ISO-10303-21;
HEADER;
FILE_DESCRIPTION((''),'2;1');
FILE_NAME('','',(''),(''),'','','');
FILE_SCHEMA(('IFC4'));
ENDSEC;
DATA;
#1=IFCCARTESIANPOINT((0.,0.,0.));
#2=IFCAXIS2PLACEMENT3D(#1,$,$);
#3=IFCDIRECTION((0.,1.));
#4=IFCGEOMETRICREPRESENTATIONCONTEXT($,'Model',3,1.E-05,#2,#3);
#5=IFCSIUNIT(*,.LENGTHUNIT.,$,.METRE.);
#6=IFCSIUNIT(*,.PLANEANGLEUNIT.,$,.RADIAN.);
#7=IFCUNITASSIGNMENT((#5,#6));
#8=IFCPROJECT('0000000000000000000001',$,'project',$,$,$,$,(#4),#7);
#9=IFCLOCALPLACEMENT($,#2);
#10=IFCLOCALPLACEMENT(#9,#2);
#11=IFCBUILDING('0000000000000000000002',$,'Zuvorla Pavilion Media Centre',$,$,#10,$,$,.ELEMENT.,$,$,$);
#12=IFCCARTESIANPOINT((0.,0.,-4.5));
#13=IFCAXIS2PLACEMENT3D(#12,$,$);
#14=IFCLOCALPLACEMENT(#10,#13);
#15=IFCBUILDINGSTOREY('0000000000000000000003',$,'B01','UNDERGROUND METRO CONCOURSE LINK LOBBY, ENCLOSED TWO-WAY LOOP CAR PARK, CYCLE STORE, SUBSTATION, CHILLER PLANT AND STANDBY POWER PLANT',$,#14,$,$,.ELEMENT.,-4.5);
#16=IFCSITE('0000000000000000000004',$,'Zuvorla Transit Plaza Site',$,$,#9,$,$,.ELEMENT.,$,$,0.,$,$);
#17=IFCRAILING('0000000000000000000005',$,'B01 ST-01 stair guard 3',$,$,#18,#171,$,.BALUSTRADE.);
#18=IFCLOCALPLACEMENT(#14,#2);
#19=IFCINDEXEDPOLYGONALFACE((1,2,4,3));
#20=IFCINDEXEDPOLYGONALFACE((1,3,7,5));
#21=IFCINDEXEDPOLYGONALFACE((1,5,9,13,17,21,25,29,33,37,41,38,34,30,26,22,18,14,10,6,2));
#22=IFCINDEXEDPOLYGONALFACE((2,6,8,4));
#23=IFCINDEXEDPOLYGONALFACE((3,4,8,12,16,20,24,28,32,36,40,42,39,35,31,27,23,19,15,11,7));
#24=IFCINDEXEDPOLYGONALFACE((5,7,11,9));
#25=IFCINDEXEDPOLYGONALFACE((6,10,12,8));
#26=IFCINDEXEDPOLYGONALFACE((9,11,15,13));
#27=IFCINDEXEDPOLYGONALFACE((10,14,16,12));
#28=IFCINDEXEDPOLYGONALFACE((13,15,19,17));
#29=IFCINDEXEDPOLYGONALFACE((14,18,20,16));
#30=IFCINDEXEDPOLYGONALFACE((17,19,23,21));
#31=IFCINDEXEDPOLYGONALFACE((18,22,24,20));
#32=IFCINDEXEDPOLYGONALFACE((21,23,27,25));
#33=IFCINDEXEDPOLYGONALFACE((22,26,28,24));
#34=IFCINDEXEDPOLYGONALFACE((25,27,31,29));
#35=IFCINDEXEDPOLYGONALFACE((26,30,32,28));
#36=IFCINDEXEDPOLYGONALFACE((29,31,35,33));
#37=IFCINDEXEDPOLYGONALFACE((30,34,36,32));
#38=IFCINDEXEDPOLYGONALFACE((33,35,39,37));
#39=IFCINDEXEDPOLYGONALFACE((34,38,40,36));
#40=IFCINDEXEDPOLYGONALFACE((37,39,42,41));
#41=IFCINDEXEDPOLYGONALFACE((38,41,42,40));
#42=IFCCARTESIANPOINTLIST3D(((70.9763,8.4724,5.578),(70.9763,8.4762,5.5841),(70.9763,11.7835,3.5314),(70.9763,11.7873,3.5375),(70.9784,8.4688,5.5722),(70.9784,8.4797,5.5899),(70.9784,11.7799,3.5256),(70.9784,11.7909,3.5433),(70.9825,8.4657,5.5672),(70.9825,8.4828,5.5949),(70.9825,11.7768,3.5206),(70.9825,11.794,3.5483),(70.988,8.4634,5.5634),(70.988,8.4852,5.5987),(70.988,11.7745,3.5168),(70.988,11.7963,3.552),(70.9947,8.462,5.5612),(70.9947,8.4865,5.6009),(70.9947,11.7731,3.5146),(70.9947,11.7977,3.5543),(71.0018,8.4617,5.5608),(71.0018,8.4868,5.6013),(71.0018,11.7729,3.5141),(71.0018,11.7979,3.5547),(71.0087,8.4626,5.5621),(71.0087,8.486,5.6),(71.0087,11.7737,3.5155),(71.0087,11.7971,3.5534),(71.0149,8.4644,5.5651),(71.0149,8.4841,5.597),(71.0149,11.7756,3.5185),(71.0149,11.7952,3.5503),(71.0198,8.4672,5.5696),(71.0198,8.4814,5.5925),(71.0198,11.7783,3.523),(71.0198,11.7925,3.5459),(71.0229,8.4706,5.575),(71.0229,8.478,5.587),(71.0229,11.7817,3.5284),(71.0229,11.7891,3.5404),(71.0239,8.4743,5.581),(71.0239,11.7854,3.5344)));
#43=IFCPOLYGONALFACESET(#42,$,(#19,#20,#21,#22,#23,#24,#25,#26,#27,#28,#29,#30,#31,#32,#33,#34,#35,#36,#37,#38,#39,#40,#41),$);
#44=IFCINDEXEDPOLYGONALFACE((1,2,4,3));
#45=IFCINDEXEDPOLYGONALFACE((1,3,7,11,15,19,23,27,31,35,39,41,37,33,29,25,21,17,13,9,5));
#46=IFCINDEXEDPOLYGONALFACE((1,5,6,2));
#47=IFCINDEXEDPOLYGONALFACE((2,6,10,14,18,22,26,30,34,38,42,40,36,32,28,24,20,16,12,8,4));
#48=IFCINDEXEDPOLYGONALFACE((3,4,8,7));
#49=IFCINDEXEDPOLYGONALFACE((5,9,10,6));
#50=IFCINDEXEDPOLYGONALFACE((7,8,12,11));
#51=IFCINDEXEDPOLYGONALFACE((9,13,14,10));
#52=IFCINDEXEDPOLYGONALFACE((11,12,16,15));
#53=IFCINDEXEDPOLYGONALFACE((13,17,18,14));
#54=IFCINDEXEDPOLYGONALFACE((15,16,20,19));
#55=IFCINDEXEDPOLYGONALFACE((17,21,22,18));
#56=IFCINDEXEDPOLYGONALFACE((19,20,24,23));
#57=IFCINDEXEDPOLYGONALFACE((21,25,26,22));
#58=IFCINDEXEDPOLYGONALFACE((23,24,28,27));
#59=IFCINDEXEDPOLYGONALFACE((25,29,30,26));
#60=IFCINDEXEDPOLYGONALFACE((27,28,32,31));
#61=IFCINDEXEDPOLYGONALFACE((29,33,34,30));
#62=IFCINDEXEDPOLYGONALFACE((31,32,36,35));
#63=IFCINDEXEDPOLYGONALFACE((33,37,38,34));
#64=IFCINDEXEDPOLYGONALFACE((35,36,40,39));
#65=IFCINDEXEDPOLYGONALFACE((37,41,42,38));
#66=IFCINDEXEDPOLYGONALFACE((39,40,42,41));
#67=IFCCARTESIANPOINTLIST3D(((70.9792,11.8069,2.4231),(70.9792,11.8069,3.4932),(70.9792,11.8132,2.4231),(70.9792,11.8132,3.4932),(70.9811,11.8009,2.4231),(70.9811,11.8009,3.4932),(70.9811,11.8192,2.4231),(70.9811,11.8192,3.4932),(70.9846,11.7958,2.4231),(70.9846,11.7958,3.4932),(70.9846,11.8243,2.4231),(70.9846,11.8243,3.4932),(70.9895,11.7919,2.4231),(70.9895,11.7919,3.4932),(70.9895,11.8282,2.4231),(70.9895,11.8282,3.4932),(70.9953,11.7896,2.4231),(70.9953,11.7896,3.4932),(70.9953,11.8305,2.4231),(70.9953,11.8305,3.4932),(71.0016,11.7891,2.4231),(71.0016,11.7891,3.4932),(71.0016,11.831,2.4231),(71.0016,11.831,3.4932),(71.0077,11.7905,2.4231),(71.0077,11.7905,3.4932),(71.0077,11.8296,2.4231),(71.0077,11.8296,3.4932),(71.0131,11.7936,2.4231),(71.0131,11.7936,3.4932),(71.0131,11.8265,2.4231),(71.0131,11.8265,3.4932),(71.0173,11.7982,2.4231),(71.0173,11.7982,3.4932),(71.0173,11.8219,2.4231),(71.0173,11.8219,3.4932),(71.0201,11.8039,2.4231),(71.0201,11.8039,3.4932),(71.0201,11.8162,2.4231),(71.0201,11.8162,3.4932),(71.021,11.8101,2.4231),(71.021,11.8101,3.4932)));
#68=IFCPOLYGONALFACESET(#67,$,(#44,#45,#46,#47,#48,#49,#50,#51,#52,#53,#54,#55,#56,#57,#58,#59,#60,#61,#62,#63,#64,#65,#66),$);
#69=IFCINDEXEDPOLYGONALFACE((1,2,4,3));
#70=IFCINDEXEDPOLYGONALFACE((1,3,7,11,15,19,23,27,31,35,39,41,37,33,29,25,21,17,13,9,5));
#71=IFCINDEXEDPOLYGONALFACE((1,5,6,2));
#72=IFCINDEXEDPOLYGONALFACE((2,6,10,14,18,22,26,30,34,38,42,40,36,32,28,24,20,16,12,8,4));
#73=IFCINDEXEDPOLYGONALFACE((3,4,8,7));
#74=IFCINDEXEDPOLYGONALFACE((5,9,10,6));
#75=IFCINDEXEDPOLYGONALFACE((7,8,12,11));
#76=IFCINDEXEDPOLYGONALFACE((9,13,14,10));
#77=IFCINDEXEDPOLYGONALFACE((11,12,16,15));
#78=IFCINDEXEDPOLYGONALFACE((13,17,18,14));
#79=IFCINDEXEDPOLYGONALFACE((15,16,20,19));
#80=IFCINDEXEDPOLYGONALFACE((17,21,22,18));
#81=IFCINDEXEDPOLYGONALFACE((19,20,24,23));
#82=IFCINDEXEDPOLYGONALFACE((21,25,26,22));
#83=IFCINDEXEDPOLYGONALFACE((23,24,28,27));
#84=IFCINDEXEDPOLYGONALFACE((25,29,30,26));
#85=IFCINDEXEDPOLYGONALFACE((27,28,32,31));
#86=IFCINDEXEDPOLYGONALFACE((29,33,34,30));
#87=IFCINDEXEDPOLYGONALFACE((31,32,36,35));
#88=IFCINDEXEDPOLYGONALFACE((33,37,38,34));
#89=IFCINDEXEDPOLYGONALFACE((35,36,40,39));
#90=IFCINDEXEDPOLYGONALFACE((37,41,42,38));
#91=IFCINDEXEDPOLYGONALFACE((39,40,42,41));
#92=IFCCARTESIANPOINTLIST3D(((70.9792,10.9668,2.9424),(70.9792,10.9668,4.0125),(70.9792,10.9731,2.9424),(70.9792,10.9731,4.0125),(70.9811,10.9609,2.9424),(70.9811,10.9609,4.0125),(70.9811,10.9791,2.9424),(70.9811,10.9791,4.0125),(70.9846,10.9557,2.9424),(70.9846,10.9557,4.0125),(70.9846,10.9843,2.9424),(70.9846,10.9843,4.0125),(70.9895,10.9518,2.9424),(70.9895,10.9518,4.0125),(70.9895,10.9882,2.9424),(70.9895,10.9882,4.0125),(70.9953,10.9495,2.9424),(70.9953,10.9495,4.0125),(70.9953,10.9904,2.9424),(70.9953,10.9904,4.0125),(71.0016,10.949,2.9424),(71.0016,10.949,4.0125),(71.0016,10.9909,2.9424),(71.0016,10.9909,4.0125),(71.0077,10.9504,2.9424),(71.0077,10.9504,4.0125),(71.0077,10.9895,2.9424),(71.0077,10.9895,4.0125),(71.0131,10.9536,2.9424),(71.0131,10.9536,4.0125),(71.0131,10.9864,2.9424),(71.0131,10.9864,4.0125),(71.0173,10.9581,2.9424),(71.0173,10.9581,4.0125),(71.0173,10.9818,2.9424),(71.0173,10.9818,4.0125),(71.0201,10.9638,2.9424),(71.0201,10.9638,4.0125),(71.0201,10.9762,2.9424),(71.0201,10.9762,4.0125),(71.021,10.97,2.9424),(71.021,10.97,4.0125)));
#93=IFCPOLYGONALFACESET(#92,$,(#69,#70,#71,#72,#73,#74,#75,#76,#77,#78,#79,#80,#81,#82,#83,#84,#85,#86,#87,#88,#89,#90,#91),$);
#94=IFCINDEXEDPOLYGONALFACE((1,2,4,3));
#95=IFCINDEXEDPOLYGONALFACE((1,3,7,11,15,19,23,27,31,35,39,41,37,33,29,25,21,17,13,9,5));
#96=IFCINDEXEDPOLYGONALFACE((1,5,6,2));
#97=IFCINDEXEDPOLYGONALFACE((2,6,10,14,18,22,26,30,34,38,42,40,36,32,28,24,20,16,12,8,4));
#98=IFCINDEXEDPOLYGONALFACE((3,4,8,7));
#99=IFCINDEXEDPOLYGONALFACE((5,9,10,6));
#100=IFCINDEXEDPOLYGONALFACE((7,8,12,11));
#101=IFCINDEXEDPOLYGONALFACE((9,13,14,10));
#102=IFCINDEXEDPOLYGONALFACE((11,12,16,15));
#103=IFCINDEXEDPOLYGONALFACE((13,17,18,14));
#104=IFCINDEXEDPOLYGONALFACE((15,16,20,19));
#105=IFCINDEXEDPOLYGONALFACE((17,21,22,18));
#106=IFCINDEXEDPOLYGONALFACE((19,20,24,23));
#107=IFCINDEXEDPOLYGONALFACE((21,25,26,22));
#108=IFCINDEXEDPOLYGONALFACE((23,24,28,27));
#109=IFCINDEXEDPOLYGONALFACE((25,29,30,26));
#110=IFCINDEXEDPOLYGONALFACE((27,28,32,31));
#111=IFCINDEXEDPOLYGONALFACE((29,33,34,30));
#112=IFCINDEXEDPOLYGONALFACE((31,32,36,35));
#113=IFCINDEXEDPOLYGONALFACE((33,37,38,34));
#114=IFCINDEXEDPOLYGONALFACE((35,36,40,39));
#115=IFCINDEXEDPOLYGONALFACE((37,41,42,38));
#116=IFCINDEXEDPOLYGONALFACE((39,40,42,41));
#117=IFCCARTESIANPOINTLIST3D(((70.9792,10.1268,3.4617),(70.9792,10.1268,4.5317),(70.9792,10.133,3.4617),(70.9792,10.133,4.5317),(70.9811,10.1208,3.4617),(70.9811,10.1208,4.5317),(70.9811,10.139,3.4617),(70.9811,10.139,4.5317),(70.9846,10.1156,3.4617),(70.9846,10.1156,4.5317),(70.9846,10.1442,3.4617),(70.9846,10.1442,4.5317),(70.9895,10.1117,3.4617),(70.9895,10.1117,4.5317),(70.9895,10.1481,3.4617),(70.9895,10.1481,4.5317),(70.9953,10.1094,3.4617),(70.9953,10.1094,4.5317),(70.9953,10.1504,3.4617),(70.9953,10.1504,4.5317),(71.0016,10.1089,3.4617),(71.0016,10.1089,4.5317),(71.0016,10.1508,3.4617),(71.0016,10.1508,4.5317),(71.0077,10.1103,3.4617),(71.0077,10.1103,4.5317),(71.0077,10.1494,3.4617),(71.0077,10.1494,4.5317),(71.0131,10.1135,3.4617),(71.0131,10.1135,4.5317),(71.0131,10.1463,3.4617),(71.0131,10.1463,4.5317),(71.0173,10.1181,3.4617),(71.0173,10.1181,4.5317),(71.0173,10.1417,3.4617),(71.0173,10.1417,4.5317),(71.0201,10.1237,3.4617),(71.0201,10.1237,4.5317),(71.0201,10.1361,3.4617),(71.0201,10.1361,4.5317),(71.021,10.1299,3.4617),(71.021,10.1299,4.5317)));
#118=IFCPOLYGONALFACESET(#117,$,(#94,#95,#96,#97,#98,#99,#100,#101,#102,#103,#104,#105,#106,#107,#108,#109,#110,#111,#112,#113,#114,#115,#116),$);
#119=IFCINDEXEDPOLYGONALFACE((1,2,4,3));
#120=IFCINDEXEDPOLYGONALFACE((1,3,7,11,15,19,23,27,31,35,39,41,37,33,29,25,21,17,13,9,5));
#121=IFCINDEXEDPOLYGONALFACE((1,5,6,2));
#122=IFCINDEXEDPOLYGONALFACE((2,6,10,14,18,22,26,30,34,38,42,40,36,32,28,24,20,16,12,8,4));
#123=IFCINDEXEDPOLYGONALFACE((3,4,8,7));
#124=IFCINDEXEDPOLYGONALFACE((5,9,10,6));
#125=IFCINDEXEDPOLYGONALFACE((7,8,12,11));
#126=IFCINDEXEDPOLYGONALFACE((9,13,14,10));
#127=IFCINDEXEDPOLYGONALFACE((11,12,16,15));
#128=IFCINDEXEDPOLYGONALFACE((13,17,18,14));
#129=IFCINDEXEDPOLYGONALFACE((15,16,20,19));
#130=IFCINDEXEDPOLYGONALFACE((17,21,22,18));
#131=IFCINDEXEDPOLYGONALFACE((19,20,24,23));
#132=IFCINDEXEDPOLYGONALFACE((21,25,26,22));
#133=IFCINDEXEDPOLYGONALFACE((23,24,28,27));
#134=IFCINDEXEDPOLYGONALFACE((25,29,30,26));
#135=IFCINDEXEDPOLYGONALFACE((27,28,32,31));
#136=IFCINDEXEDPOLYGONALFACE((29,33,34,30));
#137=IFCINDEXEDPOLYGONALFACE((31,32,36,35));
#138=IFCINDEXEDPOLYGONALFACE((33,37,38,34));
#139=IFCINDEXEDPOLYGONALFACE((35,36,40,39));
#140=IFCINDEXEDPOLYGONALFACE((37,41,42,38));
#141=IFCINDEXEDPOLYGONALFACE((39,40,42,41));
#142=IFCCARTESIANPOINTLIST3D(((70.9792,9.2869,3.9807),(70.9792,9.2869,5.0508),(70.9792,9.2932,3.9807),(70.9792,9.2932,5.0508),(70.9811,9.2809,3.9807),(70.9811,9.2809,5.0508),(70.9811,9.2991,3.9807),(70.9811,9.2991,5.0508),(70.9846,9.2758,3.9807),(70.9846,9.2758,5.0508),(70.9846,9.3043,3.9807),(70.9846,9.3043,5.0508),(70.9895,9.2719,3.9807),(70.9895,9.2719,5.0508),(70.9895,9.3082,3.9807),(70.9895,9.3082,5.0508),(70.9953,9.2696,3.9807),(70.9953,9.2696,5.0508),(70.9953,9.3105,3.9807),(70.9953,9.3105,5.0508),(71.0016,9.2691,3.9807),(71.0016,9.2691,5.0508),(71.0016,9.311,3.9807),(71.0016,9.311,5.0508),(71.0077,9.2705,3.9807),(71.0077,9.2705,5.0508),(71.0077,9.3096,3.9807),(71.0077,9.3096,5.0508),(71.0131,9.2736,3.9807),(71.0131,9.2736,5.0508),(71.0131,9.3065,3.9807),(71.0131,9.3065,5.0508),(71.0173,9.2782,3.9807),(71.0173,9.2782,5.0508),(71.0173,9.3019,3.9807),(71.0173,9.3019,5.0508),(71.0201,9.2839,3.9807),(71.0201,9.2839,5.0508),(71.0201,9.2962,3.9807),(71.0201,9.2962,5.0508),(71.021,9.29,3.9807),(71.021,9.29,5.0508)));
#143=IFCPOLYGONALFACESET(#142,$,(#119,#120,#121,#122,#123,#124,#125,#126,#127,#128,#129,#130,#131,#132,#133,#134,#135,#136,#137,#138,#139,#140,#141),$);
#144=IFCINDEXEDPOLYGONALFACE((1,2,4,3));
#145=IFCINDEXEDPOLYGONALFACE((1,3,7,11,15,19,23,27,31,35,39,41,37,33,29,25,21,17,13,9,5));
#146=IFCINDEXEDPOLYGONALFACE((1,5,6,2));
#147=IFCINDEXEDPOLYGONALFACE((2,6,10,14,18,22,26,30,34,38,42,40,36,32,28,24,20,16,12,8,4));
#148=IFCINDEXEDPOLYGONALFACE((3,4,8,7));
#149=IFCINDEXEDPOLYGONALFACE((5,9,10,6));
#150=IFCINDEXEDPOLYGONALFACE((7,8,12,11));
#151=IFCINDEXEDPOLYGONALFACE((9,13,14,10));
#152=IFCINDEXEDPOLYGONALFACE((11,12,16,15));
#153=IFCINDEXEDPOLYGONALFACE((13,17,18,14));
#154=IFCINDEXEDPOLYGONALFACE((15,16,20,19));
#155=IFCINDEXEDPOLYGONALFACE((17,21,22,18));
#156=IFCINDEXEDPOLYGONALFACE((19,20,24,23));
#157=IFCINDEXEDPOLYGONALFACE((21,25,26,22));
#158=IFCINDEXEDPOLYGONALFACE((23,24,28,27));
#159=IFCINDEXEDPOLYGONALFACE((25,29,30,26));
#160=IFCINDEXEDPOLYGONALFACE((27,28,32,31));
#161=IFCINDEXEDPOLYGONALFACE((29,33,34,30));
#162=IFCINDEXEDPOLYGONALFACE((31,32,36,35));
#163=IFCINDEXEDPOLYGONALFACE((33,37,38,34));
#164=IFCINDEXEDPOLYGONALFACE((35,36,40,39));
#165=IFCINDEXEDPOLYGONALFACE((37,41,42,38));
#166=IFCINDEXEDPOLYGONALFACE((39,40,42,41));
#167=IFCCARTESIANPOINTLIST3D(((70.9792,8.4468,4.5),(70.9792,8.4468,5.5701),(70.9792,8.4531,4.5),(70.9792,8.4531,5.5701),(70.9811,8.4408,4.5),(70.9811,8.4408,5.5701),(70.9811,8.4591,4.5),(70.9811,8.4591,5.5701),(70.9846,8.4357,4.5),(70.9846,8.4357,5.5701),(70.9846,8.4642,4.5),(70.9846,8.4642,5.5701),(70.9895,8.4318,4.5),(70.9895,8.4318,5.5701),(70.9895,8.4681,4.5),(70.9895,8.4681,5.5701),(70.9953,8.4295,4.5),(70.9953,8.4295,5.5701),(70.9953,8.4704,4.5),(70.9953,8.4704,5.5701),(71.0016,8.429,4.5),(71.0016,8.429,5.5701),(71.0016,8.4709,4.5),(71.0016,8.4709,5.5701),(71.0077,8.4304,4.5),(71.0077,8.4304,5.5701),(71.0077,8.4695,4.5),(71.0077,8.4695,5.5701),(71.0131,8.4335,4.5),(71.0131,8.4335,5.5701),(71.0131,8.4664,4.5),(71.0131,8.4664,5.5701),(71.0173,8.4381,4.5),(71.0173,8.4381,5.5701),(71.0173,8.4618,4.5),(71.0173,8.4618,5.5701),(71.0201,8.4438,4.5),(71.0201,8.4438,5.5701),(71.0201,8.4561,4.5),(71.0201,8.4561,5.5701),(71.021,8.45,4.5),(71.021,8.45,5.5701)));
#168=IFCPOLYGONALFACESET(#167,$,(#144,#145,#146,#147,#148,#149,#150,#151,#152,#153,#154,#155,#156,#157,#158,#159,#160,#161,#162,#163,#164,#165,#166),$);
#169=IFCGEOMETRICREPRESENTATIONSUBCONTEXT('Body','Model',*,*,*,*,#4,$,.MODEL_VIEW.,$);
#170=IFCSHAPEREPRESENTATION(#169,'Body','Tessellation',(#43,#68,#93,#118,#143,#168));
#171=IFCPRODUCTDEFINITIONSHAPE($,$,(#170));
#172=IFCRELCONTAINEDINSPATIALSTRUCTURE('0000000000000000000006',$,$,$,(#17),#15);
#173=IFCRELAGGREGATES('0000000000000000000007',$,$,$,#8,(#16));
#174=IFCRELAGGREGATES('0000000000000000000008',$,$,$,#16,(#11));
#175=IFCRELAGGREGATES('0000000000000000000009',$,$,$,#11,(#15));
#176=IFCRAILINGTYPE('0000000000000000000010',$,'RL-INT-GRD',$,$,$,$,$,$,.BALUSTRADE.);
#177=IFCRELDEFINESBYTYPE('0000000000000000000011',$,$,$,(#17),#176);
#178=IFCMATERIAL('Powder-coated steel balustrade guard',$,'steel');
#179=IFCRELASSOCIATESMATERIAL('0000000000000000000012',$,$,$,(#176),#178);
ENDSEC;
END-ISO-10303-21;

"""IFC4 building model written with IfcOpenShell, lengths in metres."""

from ifc_helpers import new_model, si_unit, direction, frame, origin, origin_2d, place, context, subcontext, project, spatial, circle, extrude, material, type_object, element, save


model = new_model("IFC4")

# Units and contexts
model_context = context("Model", 3, precision=1e-05, world=origin(), true_north=direction((0.0, 1.0)))
body_context = subcontext(model_context, "Body", "Model", "MODEL_VIEW")
ifc_project = project(units=[si_unit("LENGTHUNIT", "METRE"), si_unit("PLANEANGLEUNIT", "RADIAN")], contexts=[model_context])

# Site, building, storey
site_placement = place(None, origin())
site = spatial("IfcSite", under=ifc_project, at=site_placement, Name="Zuvorla Transit Plaza Site", CompositionType="ELEMENT", RefElevation=0.0)
building_placement = place(site_placement, origin())
building = spatial("IfcBuilding", under=site, at=building_placement, Name="Zuvorla Pavilion Media Centre", CompositionType="ELEMENT")
storey_placement = place(building_placement, frame((0.0, 0.0, -4.5)))
storey = spatial("IfcBuildingStorey", under=building, at=storey_placement, Name="B01", Description="UNDERGROUND METRO CONCOURSE LINK LOBBY, ENCLOSED TWO-WAY LOOP CAR PARK, CYCLE STORE, SUBSTATION, CHILLER PLANT AND STANDBY POWER PLANT", CompositionType="ELEMENT", Elevation=-4.5)

# Railing
ifc_material_1 = material(Name="Powder-coated steel balustrade guard", Category="steel")
railing_type_1 = type_object("IfcRailingType", Name="RL-INT-GRD", PredefinedType="BALUSTRADE", material=ifc_material_1)
railing_1_placement = place(storey_placement, frame((71.0, 11.8101, 2.4231)))
element("IfcRailing", 1, at=railing_1_placement, inside=storey, type_object=railing_type_1, Name="B01 ST-01 stair guard 3", PredefinedType="BALUSTRADE", context=body_context, shape_type="SweptSolid", body=[
    extrude(circle(Radius=0.0239, at=origin_2d()), frame((0.0, -0.0247, 1.1113), z_axis=(0.0, -0.850623, 0.525776), x_axis=(1.0, 0.0, 0.0)), (0.0, 0.0, 1.0), 3.8926),
    extrude(circle(Radius=0.021, at=origin_2d()), origin(), (0.0, 0.0, 1.0), 1.0701),
    extrude(circle(Radius=0.021, at=origin_2d()), frame((0.0, -0.8401, 0.5193)), (0.0, 0.0, 1.0), 1.0701),
    extrude(circle(Radius=0.021, at=origin_2d()), frame((0.0, -1.6802, 1.0386)), (0.0, 0.0, 1.0), 1.0701),
    extrude(circle(Radius=0.021, at=origin_2d()), frame((0.0, -2.52, 1.5576)), (0.0, 0.0, 1.0), 1.0701),
    extrude(circle(Radius=0.021, at=origin_2d()), frame((0.0, -3.3601, 2.0769)), (0.0, 0.0, 1.0), 1.0701),
])

save(model, "model.ifc")
